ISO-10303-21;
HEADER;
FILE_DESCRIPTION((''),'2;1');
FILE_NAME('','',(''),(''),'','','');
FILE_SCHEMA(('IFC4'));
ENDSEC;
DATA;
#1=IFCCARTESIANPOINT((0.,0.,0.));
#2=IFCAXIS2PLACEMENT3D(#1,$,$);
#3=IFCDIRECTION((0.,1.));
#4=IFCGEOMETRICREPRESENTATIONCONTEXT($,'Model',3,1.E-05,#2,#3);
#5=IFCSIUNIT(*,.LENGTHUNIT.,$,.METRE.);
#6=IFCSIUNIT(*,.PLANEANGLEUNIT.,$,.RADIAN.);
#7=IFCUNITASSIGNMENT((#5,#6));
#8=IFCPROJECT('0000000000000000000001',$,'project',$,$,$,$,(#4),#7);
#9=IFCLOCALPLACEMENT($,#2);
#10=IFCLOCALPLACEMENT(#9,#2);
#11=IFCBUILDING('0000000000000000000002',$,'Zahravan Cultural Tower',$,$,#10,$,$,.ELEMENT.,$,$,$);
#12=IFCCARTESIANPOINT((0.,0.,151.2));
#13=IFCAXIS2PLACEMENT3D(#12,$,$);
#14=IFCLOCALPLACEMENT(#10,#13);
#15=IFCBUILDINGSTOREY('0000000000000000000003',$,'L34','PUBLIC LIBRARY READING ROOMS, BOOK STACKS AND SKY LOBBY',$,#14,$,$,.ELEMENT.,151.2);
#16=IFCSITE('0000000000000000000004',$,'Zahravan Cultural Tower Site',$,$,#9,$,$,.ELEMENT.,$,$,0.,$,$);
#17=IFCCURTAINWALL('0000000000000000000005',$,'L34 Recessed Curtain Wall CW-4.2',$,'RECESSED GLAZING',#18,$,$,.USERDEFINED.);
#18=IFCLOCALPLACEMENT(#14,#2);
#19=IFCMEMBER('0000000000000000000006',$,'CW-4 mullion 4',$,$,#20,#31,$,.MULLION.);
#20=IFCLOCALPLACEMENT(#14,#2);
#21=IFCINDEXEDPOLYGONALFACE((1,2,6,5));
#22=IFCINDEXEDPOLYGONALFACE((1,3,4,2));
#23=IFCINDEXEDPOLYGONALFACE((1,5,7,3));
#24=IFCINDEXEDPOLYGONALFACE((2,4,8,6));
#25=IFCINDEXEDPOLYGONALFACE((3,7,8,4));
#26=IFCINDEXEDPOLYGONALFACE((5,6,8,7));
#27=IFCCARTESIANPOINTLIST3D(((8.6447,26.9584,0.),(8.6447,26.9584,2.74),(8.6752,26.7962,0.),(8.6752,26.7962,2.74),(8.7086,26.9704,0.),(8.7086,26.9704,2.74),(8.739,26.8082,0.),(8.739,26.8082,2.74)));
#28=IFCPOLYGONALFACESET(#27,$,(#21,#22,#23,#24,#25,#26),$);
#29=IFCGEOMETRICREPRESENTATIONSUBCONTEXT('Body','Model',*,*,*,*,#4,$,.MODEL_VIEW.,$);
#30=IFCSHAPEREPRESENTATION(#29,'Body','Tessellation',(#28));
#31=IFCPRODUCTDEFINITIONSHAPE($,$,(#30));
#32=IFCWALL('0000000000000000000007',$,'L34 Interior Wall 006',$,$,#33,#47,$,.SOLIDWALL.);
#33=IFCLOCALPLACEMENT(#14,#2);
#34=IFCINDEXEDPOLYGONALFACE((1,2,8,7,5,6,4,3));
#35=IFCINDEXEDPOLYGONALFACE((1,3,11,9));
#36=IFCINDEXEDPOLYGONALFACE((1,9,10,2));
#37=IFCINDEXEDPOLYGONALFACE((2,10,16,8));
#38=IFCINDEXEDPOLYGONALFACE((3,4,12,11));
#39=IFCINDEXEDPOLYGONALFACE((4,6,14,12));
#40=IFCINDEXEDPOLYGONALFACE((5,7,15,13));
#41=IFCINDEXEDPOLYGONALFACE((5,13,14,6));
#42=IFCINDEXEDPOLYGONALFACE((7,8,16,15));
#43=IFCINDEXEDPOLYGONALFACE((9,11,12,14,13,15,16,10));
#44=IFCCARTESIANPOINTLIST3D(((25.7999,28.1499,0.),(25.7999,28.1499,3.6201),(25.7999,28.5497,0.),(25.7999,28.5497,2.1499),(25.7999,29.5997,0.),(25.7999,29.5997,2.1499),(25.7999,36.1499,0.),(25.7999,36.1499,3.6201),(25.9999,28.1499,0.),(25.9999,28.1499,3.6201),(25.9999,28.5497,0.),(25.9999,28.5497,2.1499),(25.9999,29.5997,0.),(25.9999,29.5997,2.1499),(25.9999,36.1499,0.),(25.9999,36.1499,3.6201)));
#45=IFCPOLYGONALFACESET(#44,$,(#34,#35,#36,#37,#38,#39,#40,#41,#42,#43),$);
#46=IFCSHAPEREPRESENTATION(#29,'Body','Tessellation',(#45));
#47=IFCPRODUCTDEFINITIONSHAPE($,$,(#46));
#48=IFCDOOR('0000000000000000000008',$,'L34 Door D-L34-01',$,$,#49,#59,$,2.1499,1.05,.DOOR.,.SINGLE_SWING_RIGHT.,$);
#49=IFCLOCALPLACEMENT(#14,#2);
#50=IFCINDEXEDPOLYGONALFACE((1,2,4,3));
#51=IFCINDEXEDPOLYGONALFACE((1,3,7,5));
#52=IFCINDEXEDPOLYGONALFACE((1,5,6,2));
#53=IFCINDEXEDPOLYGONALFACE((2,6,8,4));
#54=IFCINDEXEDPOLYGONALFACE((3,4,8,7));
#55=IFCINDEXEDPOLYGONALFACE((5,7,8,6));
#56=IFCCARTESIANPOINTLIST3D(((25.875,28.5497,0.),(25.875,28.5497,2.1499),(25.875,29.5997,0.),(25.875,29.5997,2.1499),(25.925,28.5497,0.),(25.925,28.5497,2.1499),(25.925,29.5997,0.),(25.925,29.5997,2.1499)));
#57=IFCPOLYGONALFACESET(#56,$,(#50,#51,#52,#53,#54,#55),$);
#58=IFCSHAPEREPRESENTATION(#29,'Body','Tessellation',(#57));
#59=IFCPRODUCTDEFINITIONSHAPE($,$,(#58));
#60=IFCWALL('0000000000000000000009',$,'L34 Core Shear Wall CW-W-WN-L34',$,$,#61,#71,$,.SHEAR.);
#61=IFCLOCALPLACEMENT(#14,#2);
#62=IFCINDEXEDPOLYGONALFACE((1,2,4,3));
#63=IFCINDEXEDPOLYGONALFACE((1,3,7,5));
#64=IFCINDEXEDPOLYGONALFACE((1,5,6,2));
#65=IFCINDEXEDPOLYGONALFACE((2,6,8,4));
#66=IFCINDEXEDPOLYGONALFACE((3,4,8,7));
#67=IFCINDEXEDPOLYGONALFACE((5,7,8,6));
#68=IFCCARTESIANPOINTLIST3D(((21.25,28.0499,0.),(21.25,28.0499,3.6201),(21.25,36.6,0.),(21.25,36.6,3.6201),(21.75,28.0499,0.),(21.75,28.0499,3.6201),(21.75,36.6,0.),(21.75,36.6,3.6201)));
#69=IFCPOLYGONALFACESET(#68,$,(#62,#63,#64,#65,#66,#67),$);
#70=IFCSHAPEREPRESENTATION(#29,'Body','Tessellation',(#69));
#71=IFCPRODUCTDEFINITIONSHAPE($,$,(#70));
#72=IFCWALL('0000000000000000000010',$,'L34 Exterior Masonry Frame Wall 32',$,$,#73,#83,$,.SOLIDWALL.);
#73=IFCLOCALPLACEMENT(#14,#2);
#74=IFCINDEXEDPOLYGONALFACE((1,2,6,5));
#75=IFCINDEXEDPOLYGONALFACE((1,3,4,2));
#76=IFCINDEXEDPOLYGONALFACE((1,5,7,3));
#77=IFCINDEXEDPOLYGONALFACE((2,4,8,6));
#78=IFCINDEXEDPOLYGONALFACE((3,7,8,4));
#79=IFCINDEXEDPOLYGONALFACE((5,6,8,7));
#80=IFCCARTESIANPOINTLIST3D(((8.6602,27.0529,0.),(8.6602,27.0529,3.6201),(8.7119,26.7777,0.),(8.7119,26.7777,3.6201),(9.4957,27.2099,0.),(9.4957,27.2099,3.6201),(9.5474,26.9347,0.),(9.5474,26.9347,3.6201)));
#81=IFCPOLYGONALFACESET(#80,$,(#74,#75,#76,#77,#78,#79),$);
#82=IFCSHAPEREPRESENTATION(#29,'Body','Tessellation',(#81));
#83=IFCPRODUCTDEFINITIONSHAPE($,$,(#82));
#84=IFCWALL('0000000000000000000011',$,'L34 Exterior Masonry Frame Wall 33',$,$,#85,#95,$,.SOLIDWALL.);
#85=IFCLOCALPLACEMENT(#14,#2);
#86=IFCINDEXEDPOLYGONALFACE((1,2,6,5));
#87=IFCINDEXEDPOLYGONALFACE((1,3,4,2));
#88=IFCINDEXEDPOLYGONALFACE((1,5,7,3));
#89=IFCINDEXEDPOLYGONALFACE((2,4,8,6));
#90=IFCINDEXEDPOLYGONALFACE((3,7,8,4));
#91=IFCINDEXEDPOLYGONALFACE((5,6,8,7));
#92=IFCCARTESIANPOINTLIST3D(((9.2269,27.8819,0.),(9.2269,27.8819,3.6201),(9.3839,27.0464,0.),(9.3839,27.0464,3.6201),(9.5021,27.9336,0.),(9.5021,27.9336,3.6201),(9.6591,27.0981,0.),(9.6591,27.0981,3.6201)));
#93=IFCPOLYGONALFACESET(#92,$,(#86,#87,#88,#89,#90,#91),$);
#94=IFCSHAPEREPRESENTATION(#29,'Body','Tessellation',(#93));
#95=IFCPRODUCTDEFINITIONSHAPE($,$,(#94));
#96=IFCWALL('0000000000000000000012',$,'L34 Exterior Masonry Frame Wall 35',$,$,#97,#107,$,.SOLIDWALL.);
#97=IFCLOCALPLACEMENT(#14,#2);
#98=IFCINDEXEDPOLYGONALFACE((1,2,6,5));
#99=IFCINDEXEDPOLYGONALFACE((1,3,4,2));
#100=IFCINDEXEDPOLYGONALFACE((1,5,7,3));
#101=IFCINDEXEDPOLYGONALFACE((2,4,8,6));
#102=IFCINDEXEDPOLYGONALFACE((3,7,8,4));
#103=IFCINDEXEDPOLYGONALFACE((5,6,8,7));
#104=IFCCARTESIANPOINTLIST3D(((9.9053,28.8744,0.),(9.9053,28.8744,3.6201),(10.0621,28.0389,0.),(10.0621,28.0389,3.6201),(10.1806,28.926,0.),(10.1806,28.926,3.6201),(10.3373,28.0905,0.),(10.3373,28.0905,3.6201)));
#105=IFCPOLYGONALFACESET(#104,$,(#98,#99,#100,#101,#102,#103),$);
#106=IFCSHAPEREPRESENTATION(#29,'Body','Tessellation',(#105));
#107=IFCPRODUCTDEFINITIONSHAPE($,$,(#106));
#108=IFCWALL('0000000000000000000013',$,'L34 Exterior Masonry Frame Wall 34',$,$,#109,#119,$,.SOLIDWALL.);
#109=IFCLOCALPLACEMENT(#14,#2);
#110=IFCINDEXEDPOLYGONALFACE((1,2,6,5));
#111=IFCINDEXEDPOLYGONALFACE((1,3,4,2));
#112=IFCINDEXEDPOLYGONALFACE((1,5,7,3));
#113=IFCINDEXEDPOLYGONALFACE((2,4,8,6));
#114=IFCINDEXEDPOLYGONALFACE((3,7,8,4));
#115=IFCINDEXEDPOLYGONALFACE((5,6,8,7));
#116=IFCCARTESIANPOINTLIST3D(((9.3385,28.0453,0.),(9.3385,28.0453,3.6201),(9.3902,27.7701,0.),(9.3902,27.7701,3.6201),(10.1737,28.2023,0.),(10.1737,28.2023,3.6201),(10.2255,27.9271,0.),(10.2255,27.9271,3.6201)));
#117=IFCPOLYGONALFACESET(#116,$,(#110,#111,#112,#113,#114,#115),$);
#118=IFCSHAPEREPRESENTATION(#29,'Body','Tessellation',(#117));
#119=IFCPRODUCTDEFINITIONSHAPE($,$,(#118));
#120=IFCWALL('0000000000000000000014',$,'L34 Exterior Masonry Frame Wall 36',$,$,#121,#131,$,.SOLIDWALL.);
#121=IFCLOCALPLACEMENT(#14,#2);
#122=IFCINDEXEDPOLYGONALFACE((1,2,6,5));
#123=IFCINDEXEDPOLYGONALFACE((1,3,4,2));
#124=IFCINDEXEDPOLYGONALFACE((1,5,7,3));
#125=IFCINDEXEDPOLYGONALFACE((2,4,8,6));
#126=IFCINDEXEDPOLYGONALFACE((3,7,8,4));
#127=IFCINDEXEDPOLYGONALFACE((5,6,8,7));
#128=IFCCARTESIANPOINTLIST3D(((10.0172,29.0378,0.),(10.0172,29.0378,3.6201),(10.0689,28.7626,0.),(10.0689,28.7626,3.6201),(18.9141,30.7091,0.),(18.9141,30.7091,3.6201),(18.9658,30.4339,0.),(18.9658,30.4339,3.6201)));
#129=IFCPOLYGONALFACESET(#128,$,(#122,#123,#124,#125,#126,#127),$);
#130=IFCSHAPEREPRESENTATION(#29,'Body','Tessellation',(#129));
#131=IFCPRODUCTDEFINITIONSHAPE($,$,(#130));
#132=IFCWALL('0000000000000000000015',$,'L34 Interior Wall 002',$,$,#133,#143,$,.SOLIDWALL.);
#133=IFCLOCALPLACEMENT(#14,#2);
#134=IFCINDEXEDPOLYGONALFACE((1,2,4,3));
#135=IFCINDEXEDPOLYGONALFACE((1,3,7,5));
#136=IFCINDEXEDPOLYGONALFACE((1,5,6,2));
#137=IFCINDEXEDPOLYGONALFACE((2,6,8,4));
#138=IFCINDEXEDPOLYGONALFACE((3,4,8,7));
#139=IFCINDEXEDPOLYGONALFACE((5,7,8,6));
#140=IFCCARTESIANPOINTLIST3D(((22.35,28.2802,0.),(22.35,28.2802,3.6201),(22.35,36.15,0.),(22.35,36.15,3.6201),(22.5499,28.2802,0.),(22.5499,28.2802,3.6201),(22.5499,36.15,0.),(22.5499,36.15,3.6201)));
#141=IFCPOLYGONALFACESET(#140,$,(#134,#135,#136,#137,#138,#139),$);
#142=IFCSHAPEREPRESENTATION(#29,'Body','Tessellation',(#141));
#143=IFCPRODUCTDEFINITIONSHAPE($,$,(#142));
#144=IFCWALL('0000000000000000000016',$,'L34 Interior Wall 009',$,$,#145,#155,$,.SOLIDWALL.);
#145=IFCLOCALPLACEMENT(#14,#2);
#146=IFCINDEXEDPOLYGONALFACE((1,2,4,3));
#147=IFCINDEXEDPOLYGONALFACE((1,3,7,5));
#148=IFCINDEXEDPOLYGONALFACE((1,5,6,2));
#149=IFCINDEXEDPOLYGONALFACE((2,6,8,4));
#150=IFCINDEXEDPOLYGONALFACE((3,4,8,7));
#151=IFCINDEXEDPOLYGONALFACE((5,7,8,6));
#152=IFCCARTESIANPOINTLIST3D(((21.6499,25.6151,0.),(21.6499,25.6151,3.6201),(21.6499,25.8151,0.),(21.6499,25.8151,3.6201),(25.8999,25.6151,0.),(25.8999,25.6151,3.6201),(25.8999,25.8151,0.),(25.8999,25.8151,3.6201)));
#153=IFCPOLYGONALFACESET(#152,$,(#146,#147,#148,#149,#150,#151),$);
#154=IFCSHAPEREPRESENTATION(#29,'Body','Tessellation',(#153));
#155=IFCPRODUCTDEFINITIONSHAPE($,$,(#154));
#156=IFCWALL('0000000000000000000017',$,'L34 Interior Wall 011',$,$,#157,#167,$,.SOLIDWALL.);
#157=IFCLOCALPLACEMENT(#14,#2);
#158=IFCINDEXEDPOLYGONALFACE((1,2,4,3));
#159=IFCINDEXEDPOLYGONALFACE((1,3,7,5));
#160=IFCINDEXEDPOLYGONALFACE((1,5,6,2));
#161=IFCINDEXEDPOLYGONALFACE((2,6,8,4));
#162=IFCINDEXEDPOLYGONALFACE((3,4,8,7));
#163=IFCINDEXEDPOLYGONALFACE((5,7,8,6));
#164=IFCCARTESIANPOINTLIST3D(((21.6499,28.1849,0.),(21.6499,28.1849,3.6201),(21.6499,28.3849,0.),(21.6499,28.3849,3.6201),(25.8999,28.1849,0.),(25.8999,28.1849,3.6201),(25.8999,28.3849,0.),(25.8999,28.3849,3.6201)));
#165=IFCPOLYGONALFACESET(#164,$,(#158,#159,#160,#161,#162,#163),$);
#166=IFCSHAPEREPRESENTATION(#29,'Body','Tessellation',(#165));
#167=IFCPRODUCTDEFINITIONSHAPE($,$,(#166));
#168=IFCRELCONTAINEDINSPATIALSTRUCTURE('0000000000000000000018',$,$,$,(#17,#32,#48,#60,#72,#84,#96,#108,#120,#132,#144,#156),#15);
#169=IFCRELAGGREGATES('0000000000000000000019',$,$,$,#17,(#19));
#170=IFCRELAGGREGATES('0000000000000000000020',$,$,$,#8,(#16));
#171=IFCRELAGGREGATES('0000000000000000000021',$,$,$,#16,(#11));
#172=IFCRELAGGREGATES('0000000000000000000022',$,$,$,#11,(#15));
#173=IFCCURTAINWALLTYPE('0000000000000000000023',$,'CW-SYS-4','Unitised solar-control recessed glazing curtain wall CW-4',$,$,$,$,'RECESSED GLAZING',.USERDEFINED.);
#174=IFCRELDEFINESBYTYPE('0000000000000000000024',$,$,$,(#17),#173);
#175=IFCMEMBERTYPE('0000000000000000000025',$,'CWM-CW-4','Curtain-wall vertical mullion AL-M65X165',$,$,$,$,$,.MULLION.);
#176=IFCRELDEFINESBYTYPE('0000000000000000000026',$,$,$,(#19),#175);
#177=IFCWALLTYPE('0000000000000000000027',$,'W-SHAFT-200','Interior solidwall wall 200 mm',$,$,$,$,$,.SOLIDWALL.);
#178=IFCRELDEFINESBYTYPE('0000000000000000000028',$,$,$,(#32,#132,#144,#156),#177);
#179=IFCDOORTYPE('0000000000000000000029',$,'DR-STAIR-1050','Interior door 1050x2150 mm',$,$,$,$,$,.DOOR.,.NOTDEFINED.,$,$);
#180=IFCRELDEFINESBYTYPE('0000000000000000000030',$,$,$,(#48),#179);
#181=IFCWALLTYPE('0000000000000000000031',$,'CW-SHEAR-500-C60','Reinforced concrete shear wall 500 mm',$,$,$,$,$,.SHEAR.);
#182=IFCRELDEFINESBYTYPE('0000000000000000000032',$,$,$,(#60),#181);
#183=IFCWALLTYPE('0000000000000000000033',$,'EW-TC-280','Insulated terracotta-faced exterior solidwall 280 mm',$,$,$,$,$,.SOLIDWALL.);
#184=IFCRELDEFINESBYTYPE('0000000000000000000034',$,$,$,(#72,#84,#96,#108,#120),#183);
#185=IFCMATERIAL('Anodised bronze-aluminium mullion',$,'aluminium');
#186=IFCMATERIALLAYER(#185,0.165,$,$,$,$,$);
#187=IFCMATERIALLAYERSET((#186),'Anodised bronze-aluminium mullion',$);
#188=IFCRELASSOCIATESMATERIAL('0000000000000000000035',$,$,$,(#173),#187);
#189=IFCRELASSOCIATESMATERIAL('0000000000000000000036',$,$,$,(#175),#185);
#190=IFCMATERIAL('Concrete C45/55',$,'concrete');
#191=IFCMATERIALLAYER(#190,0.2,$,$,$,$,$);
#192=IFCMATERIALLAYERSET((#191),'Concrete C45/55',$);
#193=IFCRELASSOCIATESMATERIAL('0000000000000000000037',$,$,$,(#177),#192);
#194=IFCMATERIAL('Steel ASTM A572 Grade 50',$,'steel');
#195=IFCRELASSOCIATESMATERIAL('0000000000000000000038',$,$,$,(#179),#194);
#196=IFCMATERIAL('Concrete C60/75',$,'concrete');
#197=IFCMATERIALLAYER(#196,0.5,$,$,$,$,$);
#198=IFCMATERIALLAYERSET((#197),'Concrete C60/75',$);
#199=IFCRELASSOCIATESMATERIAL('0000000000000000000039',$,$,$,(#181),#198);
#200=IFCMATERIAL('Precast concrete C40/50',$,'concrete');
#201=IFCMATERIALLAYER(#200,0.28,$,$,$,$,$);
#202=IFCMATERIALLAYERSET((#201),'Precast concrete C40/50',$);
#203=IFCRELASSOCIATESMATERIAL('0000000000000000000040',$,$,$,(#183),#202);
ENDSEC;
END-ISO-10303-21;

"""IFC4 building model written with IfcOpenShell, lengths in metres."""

from ifc_helpers import new_model, si_unit, direction, frame, frame_2d, origin, origin_2d, place, context, subcontext, project, spatial, rectangle, extrude, source, transform, mapped, material, layer, layer_set, material_profile, profile_set, type_object, element, fill, aggregate, save


model = new_model("IFC4")

# Units and contexts
model_context = context("Model", 3, precision=1e-05, world=origin(), true_north=direction((0.0, 1.0)))
body_context = subcontext(model_context, "Body", "Model", "MODEL_VIEW")
ifc_project = project(units=[si_unit("LENGTHUNIT", "METRE"), si_unit("PLANEANGLEUNIT", "RADIAN")], contexts=[model_context])

# Site, building, storey
site_placement = place(None, origin())
site = spatial("IfcSite", under=ifc_project, at=site_placement, Name="Zahravan Cultural Tower Site", CompositionType="ELEMENT", RefElevation=0.0)
building_placement = place(site_placement, origin())
building = spatial("IfcBuilding", under=site, at=building_placement, Name="Zahravan Cultural Tower", CompositionType="ELEMENT")
storey_placement = place(building_placement, frame((0.0, 0.0, 151.2)))
storey = spatial("IfcBuildingStorey", under=building, at=storey_placement, Name="L34", Description="PUBLIC LIBRARY READING ROOMS, BOOK STACKS AND SKY LOBBY", CompositionType="ELEMENT", Elevation=151.2)

# Curtain wall, member
ifc_material_1 = material(Name="Anodised bronze-aluminium mullion", Category="aluminium")
ifc_layer_1 = layer(ifc_material_1, 0.165)
ifc_layer_set_1 = layer_set([ifc_layer_1], Name="Anodised bronze-aluminium mullion")
curtain_wall_type = type_object("IfcCurtainWallType", Name="CW-SYS-4", Description="Unitised solar-control recessed glazing curtain wall CW-4", ElementType="RECESSED GLAZING", PredefinedType="USERDEFINED", material=ifc_layer_set_1)
curtain_wall_placement = place(storey_placement, origin())
curtain_wall = element("IfcCurtainWall", 1, at=curtain_wall_placement, inside=storey, type_object=curtain_wall_type, Name="L34 Recessed Curtain Wall CW-4.2", ObjectType="RECESSED GLAZING", PredefinedType="USERDEFINED")
ifc_material_profile_1 = material_profile(ifc_material_1, rectangle(XDim=0.0649, YDim=0.165, at=origin_2d()), Name="AL-M65X165")
ifc_profile_set_1 = profile_set([ifc_material_profile_1], Name="Anodised bronze-aluminium mullion")
member_type = type_object("IfcMemberType", Name="CWM-CW-4", Description="Curtain-wall vertical mullion AL-M65X165", PredefinedType="MULLION", material=ifc_profile_set_1)
shared_shape_1 = source(origin(), body_context, "Body", "SweptSolid", [
    extrude(rectangle(XDim=0.0649, YDim=0.165, at=origin_2d()), origin(), (0.0, 0.0, 1.0), 2.74),
])
member_placement = place(storey_placement, frame((8.6919, 26.8833, 0.0), z_axis=(0.0, 0.0, 1.0), x_axis=(-0.982807, -0.184638, 0.0)))
member = element("IfcMember", 2, at=member_placement, type_object=member_type, Name="CW-4 mullion 4", PredefinedType="MULLION", context=body_context, shape_type="MappedRepresentation", body=[
    mapped(shared_shape_1, transform((0.0, 0.0, 0.0), x_axis=(1.0, 0.0, 0.0), y_axis=(0.0, 1.0, 0.0), z_axis=(0.0, 0.0, 1.0), scale=1.0)),
])
aggregate(curtain_wall, [member])

# Wall, opening, door
ifc_material_2 = material(Name="Concrete C45/55", Category="concrete")
ifc_layer_2 = layer(ifc_material_2, 0.2)
ifc_layer_set_2 = layer_set([ifc_layer_2], Name="Concrete C45/55")
wall_type_1 = type_object("IfcWallType", Name="W-SHAFT-200", Description="Interior solidwall wall 200 mm", PredefinedType="SOLIDWALL", material=ifc_layer_set_2)
wall_1_placement = place(storey_placement, frame((25.8999, 28.1499, 0.0), z_axis=(0.0, 0.0, 1.0), x_axis=(0.0, 1.0, 0.0)))
wall_1 = element("IfcWall", 3, at=wall_1_placement, inside=storey, type_object=wall_type_1, Name="L34 Interior Wall 006", PredefinedType="SOLIDWALL", context=body_context, shape_type="SweptSolid", body=[
    extrude(rectangle(XDim=8.0, YDim=0.2, at=frame_2d((4.0, 0.0))), origin(), (0.0, 0.0, 1.0), 3.6201),
])
opening_placement = place(wall_1_placement, frame((0.3999, 0.0, 0.0)))
opening = element("IfcOpeningElement", 4, at=opening_placement, cuts=wall_1, PredefinedType="OPENING", context=body_context, shape_type="SweptSolid", body=[
    extrude(rectangle(XDim=1.05, YDim=2.1499, at=frame_2d((0.5249, 1.075))), frame((0.0, 0.1099, 0.0), z_axis=(0.0, -1.0, 0.0), x_axis=(1.0, 0.0, 0.0)), (0.0, 0.0, 1.0), 0.22),
])
ifc_material_3 = material(Name="Steel ASTM A572 Grade 50", Category="steel")
door_type = type_object("IfcDoorType", Name="DR-STAIR-1050", Description="Interior door 1050x2150 mm", OperationType="NOTDEFINED", PredefinedType="DOOR", material=ifc_material_3)
shared_shape_2 = source(origin(), body_context, "Body", "SweptSolid", [
    extrude(rectangle(XDim=1.05, YDim=2.1499, at=frame_2d((0.5249, 1.075))), frame((0.0, 0.0249, 0.0), z_axis=(0.0, -1.0, 0.0), x_axis=(1.0, 0.0, 0.0)), (0.0, 0.0, 1.0), 0.05),
])
door_placement = place(opening_placement, origin())
door = element("IfcDoor", 5, at=door_placement, inside=storey, type_object=door_type, Name="L34 Door D-L34-01", OperationType="SINGLE_SWING_RIGHT", OverallHeight=2.1499, OverallWidth=1.05, PredefinedType="DOOR", context=body_context, shape_type="MappedRepresentation", body=[
    mapped(shared_shape_2, transform((0.0, 0.0, 0.0), x_axis=(1.0, 0.0, 0.0), y_axis=(0.0, 1.0, 0.0), z_axis=(0.0, 0.0, 1.0), scale=1.0)),
])
fill(opening, door)

# Walls
ifc_material_4 = material(Name="Concrete C60/75", Category="concrete")
ifc_layer_3 = layer(ifc_material_4, 0.5)
ifc_layer_set_3 = layer_set([ifc_layer_3], Name="Concrete C60/75")
wall_type_2 = type_object("IfcWallType", Name="CW-SHEAR-500-C60", Description="Reinforced concrete shear wall 500 mm", PredefinedType="SHEAR", material=ifc_layer_set_3)
shared_shape_3 = source(origin(), body_context, "Body", "SweptSolid", [
    extrude(rectangle(XDim=8.55, YDim=0.5, at=frame_2d((4.2749, 0.0))), origin(), (0.0, 0.0, 1.0), 3.6201),
])
wall_2_placement = place(storey_placement, frame((21.5, 28.05, 0.0), z_axis=(0.0, 0.0, 1.0), x_axis=(0.0, 1.0, 0.0)))
element("IfcWall", 6, at=wall_2_placement, inside=storey, type_object=wall_type_2, Name="L34 Core Shear Wall CW-W-WN-L34", PredefinedType="SHEAR", context=body_context, shape_type="MappedRepresentation", body=[
    mapped(shared_shape_3, transform((0.0, 0.0, 0.0), x_axis=(1.0, 0.0, 0.0), y_axis=(0.0, 1.0, 0.0), z_axis=(0.0, 0.0, 1.0), scale=1.0)),
])
ifc_material_5 = material(Name="Precast concrete C40/50", Category="concrete")
ifc_layer_4 = layer(ifc_material_5, 0.28)
ifc_layer_set_4 = layer_set([ifc_layer_4], Name="Precast concrete C40/50")
wall_type_3 = type_object("IfcWallType", Name="EW-TC-280", Description="Insulated terracotta-faced exterior solidwall 280 mm", PredefinedType="SOLIDWALL", material=ifc_layer_set_4)
shared_shape_4 = source(origin(), body_context, "Body", "SweptSolid", [
    extrude(rectangle(XDim=0.8501, YDim=0.28, at=frame_2d((0.425, 0.0))), origin(), (0.0, 0.0, 1.0), 3.6201),
])
for number, where, z_axis, x_axis, name in (
    (7, (8.686, 26.9153, 0.0), (0.0, 0.0, 1.0), (0.982801, 0.18467, 0.0), "L34 Exterior Masonry Frame Wall 32"),
    (8, (9.5215, 27.0723, 0.0), (0.0, 0.0, 1.0), (-0.18467, 0.982801, 0.0), "L34 Exterior Masonry Frame Wall 33"),
    (9, (10.1997, 28.0647, 0.0), (0.0, 0.0, 1.0), (-0.184393, 0.982853, 0.0), "L34 Exterior Masonry Frame Wall 35"),
):
    element("IfcWall", number, at=place(storey_placement, frame(where, z_axis=z_axis, x_axis=x_axis)), inside=storey, type_object=wall_type_3, Name=name, PredefinedType="SOLIDWALL", context=body_context, shape_type="MappedRepresentation", body=[
        mapped(shared_shape_4, transform((0.0, 0.0, 0.0), x_axis=(1.0, 0.0, 0.0), y_axis=(0.0, 1.0, 0.0), z_axis=(0.0, 0.0, 1.0), scale=1.0)),
    ])
shared_shape_5 = source(origin(), body_context, "Body", "SweptSolid", [
    extrude(rectangle(XDim=0.8499, YDim=0.28, at=frame_2d((0.4248, 0.0))), origin(), (0.0, 0.0, 1.0), 3.6201),
])
wall_3_placement = place(storey_placement, frame((9.3645, 27.9077, 0.0), z_axis=(0.0, 0.0, 1.0), x_axis=(0.982791, 0.184722, 0.0)))
element("IfcWall", 10, at=wall_3_placement, inside=storey, type_object=wall_type_3, Name="L34 Exterior Masonry Frame Wall 34", PredefinedType="SOLIDWALL", context=body_context, shape_type="MappedRepresentation", body=[
    mapped(shared_shape_5, transform((0.0, 0.0, 0.0), x_axis=(1.0, 0.0, 0.0), y_axis=(0.0, 1.0, 0.0), z_axis=(0.0, 0.0, 1.0), scale=1.0)),
])
shared_shape_6 = source(origin(), body_context, "Body", "SweptSolid", [
    extrude(rectangle(XDim=9.0525, YDim=0.28, at=frame_2d((4.5264, 0.0))), origin(), (0.0, 0.0, 1.0), 3.6201),
])
wall_4_placement = place(storey_placement, frame((10.043, 28.9001, 0.0), z_axis=(0.0, 0.0, 1.0), x_axis=(0.982808, 0.18463, 0.0)))
element("IfcWall", 11, at=wall_4_placement, inside=storey, type_object=wall_type_3, Name="L34 Exterior Masonry Frame Wall 36", PredefinedType="SOLIDWALL", context=body_context, shape_type="MappedRepresentation", body=[
    mapped(shared_shape_6, transform((0.0, 0.0, 0.0), x_axis=(1.0, 0.0, 0.0), y_axis=(0.0, 1.0, 0.0), z_axis=(0.0, 0.0, 1.0), scale=1.0)),
])
shared_shape_7 = source(origin(), body_context, "Body", "SweptSolid", [
    extrude(rectangle(XDim=7.8699, YDim=0.2, at=frame_2d((3.9351, 0.0))), origin(), (0.0, 0.0, 1.0), 3.6201),
])
wall_5_placement = place(storey_placement, frame((22.45, 28.28, 0.0), z_axis=(0.0, 0.0, 1.0), x_axis=(0.0, 1.0, 0.0)))
element("IfcWall", 12, at=wall_5_placement, inside=storey, type_object=wall_type_1, Name="L34 Interior Wall 002", PredefinedType="SOLIDWALL", context=body_context, shape_type="MappedRepresentation", body=[
    mapped(shared_shape_7, transform((0.0, 0.0, 0.0), x_axis=(1.0, 0.0, 0.0), y_axis=(0.0, 1.0, 0.0), z_axis=(0.0, 0.0, 1.0), scale=1.0)),
])
shared_shape_8 = source(origin(), body_context, "Body", "SweptSolid", [
    extrude(rectangle(XDim=4.25, YDim=0.2, at=frame_2d((2.125, 0.0))), origin(), (0.0, 0.0, 1.0), 3.6201),
])
for number, where, z_axis, x_axis, name in (
    (13, (21.6499, 25.7151, 0.0), (0.0, 0.0, 1.0), (1.0, 0.0, 0.0), "L34 Interior Wall 009"),
    (14, (21.6499, 28.2849, 0.0), (0.0, 0.0, 1.0), (1.0, 0.0, 0.0), "L34 Interior Wall 011"),
):
    element("IfcWall", number, at=place(storey_placement, frame(where, z_axis=z_axis, x_axis=x_axis)), inside=storey, type_object=wall_type_1, Name=name, PredefinedType="SOLIDWALL", context=body_context, shape_type="MappedRepresentation", body=[
        mapped(shared_shape_8, transform((0.0, 0.0, 0.0), x_axis=(1.0, 0.0, 0.0), y_axis=(0.0, 1.0, 0.0), z_axis=(0.0, 0.0, 1.0), scale=1.0)),
    ])

save(model, "model.ifc")
